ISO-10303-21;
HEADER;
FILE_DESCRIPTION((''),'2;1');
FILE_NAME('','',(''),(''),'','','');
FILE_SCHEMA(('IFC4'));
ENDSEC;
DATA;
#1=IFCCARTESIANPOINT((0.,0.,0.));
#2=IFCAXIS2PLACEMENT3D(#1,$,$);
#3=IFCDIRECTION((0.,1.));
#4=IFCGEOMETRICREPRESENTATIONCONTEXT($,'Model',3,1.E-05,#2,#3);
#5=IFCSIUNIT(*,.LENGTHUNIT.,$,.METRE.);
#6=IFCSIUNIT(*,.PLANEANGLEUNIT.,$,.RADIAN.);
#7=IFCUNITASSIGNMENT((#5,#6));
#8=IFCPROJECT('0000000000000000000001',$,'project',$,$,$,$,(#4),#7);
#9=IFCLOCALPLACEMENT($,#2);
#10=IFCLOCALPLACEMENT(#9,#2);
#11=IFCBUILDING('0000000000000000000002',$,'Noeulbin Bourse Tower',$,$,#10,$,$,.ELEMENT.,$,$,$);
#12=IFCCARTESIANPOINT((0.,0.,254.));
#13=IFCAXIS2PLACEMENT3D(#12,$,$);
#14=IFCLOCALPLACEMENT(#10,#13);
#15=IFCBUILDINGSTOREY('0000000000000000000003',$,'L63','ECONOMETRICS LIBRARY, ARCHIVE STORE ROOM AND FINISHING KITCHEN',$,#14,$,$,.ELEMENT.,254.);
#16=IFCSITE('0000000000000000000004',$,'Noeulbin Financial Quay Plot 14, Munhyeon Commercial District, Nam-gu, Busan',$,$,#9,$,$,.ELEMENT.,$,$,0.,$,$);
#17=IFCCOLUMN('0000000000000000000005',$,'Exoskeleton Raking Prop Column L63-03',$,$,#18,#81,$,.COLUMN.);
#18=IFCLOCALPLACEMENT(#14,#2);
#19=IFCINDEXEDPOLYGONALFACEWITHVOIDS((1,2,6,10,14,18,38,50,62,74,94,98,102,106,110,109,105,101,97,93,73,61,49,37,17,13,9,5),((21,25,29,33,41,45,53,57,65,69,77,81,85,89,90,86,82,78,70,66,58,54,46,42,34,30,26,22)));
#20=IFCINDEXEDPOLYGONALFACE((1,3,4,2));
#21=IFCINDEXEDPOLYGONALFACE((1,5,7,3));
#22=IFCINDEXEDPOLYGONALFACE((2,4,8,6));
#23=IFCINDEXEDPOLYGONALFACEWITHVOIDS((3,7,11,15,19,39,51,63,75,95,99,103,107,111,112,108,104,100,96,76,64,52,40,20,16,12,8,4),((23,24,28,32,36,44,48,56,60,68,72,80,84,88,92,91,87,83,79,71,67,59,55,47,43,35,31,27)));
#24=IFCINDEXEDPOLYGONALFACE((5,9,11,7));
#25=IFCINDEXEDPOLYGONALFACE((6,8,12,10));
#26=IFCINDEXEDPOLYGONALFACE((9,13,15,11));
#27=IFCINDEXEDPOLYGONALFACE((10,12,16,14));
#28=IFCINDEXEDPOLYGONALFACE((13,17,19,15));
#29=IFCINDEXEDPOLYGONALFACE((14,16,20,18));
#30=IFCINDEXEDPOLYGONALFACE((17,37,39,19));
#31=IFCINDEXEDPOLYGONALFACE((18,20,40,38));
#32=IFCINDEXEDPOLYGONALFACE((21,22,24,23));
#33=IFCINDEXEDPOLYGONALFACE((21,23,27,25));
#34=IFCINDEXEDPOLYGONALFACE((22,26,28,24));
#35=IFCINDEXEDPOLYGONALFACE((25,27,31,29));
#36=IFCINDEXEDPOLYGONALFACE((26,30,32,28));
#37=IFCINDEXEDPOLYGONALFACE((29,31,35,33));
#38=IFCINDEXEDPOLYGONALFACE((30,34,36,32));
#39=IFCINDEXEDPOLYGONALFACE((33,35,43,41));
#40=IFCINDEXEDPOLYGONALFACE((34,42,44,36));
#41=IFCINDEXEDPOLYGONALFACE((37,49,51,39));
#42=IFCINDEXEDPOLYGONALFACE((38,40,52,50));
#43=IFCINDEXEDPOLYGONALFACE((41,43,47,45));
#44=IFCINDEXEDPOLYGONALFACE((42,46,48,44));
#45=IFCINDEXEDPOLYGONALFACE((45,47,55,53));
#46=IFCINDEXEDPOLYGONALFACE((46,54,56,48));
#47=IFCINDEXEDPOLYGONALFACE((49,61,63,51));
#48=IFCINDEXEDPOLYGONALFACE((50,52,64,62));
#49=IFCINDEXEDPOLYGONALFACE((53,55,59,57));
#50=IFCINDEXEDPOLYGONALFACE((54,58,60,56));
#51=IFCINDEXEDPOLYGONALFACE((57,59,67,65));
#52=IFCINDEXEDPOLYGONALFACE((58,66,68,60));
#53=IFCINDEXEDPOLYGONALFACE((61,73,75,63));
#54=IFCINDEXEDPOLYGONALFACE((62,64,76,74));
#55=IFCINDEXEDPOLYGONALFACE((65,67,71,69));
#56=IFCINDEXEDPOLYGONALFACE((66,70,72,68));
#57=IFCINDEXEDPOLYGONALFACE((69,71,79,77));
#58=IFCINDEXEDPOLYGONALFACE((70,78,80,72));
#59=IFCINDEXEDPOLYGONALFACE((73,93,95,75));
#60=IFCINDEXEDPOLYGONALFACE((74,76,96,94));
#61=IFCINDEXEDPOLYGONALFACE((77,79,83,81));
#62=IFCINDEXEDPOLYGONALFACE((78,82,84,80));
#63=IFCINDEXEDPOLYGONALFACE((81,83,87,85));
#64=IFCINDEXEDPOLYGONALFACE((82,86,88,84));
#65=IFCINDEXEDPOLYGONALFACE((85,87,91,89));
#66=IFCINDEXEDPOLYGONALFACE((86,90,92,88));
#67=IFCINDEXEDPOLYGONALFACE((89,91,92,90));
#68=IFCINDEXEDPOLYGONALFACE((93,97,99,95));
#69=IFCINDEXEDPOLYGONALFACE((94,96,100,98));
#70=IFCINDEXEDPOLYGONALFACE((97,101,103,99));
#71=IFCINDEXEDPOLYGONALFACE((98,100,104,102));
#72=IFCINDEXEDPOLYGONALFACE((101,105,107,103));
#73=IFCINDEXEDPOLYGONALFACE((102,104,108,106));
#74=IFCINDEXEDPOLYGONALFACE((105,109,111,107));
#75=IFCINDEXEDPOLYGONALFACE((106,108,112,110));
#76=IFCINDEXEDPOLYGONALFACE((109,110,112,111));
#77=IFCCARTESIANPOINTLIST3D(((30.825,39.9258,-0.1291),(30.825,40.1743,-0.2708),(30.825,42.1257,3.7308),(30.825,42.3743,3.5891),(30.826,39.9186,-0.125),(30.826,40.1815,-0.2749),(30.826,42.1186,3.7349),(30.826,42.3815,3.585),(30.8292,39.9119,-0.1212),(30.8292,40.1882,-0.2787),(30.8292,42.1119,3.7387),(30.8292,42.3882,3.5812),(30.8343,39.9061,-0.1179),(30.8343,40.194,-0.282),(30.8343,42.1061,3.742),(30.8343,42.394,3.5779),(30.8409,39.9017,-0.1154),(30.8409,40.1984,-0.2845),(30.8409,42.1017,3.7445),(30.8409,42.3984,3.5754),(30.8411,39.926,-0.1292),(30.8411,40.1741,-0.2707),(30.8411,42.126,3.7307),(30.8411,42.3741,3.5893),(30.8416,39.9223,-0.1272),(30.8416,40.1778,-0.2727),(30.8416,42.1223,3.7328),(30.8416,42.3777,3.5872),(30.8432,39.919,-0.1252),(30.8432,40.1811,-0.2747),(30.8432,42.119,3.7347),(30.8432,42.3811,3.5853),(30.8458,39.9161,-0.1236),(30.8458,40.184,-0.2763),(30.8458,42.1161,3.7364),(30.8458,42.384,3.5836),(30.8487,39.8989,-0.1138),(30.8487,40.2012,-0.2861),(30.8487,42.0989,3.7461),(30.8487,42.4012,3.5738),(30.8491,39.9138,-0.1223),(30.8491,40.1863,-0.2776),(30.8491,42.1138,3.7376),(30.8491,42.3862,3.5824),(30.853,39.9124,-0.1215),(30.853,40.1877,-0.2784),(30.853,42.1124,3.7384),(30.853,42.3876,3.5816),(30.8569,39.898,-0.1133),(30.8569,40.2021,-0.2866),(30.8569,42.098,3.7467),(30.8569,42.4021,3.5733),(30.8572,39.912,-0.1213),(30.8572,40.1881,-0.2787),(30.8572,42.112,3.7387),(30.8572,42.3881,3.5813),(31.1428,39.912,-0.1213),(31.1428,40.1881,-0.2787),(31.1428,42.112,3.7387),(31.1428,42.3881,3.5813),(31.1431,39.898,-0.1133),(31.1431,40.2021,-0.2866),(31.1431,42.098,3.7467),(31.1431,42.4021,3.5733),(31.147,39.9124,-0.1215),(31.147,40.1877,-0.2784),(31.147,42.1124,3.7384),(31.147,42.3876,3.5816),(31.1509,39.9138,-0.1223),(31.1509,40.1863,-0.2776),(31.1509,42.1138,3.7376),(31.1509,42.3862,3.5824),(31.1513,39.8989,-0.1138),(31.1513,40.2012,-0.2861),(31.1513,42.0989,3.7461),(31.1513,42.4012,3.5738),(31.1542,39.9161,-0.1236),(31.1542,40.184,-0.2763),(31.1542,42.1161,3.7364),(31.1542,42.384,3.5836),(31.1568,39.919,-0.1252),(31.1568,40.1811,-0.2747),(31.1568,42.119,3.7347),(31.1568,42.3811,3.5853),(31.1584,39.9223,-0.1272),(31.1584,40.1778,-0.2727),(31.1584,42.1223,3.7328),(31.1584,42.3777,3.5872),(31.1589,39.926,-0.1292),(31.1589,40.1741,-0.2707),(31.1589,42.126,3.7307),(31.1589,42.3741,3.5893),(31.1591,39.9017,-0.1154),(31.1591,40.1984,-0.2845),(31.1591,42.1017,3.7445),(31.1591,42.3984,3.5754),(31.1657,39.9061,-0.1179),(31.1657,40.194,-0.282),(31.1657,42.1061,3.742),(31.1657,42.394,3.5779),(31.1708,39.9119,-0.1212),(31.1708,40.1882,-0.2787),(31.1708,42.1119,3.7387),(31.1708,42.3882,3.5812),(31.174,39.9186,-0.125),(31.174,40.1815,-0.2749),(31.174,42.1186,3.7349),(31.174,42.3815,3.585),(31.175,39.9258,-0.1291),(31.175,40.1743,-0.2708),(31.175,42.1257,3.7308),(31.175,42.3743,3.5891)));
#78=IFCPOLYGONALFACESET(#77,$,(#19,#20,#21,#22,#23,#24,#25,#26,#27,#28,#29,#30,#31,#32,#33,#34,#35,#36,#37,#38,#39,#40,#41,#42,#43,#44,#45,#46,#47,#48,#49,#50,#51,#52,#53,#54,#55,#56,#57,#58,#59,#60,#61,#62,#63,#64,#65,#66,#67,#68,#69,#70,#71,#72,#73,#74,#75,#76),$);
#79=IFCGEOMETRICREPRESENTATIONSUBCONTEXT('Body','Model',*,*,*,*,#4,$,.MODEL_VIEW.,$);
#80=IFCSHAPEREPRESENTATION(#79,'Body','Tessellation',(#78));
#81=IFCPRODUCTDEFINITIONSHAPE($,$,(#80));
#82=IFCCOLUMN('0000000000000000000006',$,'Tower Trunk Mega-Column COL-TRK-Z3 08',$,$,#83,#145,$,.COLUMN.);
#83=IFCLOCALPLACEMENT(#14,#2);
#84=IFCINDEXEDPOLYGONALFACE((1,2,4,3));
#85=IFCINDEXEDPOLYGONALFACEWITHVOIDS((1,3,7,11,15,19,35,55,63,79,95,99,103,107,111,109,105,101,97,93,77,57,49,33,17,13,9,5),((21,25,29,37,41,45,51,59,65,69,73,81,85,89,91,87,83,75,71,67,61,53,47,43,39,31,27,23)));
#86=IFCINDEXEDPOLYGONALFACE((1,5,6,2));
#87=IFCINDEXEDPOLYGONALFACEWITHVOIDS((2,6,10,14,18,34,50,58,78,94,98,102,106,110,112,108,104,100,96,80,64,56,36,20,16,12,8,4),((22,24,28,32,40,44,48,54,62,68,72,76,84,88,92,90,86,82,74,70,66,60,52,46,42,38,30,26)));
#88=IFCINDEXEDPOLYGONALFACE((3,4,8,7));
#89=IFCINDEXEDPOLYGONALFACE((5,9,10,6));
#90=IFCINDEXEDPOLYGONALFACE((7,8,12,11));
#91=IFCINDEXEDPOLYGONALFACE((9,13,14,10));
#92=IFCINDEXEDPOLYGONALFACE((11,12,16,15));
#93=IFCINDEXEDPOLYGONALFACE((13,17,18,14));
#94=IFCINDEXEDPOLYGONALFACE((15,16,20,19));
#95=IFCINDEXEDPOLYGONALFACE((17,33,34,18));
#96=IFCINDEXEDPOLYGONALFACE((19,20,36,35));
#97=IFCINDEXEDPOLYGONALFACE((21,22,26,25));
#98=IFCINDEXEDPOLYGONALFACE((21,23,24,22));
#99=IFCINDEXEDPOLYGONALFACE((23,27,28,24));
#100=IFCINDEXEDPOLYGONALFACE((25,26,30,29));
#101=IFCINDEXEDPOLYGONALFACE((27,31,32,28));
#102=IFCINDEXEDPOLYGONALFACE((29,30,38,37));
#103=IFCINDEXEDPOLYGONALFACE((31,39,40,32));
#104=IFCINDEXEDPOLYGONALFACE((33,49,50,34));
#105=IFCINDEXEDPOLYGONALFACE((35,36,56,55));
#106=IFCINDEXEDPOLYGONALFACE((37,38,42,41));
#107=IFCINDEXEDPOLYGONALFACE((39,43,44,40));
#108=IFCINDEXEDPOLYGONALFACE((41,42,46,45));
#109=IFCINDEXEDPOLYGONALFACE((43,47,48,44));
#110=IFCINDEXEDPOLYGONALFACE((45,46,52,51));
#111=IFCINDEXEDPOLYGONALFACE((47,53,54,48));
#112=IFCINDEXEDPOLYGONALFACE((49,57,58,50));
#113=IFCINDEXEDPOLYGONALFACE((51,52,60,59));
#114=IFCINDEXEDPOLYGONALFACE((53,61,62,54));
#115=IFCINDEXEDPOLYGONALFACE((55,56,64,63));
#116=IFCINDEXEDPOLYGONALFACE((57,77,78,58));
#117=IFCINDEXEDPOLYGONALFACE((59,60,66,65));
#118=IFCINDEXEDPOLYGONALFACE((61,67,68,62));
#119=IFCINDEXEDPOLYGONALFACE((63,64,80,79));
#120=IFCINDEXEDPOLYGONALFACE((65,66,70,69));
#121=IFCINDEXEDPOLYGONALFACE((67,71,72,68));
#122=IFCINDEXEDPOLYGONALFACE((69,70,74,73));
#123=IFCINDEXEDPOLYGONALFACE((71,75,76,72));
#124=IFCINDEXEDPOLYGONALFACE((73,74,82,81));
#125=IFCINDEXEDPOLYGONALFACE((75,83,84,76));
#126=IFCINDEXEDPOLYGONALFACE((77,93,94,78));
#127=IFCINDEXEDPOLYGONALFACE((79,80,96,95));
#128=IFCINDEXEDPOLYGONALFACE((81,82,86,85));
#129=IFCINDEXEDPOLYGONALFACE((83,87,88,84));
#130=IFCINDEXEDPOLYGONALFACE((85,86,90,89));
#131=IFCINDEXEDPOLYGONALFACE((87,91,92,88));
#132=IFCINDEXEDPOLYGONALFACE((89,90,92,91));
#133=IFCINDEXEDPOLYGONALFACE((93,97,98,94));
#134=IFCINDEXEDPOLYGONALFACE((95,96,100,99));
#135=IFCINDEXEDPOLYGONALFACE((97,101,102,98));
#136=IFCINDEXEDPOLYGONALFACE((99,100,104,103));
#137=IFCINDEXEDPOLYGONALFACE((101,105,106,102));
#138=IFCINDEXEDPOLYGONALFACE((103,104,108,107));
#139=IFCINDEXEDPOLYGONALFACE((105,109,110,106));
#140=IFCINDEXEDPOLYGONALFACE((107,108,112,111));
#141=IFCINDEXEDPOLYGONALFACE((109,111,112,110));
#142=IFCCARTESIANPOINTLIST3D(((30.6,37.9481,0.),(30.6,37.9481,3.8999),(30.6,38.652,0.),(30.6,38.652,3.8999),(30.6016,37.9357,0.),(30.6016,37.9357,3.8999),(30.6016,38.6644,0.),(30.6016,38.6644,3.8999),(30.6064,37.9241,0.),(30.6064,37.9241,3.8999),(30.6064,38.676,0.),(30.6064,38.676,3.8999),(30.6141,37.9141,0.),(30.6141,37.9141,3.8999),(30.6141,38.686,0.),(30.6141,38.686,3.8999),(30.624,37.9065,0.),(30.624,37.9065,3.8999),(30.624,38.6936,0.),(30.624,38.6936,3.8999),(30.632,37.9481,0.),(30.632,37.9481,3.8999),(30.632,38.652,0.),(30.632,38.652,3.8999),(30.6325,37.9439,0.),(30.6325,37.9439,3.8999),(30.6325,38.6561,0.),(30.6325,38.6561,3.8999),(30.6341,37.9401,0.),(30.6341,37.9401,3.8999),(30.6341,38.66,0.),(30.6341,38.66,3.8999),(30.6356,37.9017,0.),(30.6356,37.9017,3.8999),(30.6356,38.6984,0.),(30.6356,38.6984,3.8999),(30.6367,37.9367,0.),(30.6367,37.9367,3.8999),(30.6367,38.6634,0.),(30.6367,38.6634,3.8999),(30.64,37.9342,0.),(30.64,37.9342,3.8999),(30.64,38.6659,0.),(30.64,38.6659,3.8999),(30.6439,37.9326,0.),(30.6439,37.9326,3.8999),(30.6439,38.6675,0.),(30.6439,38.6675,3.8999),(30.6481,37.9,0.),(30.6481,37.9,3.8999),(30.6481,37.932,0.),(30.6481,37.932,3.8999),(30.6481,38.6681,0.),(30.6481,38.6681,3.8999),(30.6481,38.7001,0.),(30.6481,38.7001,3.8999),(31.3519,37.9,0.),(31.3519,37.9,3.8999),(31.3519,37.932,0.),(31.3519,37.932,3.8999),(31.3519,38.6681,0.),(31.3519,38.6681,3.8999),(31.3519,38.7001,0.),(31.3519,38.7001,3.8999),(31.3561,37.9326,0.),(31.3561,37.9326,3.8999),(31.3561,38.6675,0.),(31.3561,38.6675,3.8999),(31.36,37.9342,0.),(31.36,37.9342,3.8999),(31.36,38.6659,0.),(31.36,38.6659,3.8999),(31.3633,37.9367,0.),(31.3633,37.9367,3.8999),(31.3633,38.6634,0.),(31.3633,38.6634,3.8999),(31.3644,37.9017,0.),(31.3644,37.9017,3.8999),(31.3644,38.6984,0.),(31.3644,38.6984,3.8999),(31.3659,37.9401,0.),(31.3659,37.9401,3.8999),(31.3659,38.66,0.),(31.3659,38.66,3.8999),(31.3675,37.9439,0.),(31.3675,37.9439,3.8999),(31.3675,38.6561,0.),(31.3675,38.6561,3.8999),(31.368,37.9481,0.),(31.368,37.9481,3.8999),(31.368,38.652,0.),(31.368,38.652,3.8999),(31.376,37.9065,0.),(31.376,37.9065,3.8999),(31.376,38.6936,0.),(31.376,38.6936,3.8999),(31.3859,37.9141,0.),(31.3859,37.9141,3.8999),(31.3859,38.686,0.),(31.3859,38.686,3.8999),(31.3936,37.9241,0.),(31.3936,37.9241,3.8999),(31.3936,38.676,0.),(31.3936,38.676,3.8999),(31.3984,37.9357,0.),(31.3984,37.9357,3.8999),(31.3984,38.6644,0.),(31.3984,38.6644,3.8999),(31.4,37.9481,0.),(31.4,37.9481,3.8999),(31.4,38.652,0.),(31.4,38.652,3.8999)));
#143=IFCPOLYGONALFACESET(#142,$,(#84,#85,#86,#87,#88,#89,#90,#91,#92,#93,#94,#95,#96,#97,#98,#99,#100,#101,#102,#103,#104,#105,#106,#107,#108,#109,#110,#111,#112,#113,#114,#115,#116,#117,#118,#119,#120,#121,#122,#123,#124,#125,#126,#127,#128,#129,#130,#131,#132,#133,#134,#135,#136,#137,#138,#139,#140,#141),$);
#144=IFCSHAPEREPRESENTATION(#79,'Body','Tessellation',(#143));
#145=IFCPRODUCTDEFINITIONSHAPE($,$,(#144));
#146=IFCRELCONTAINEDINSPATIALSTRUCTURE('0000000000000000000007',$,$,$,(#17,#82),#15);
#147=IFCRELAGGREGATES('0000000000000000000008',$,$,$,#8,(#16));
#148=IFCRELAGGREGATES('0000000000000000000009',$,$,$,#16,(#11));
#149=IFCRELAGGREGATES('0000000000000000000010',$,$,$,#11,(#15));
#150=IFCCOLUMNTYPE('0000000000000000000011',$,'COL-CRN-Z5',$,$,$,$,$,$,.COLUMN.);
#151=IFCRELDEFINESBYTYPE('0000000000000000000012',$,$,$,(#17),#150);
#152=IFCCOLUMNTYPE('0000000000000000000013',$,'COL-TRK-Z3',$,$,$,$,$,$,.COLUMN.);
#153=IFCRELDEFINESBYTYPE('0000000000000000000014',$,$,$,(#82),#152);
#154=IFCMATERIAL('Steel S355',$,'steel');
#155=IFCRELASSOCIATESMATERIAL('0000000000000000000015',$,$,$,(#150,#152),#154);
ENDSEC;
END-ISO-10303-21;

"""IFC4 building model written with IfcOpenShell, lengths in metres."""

from ifc_helpers import new_model, si_unit, direction, frame, origin, origin_2d, place, context, subcontext, project, spatial, hollow_rectangle, extrude, material, material_profile, profile_set, type_object, element, save


model = new_model("IFC4")

# Units and contexts
model_context = context("Model", 3, precision=1e-05, world=origin(), true_north=direction((0.0, 1.0)))
body_context = subcontext(model_context, "Body", "Model", "MODEL_VIEW")
ifc_project = project(units=[si_unit("LENGTHUNIT", "METRE"), si_unit("PLANEANGLEUNIT", "RADIAN")], contexts=[model_context])

# Site, building, storey
site_placement = place(None, origin())
site = spatial("IfcSite", under=ifc_project, at=site_placement, Name="Noeulbin Financial Quay Plot 14, Munhyeon Commercial District, Nam-gu, Busan", CompositionType="ELEMENT", RefElevation=0.0)
building_placement = place(site_placement, origin())
building = spatial("IfcBuilding", under=site, at=building_placement, Name="Noeulbin Bourse Tower", CompositionType="ELEMENT")
storey_placement = place(building_placement, frame((0.0, 0.0, 254.0)))
storey = spatial("IfcBuildingStorey", under=building, at=storey_placement, Name="L63", Description="ECONOMETRICS LIBRARY, ARCHIVE STORE ROOM AND FINISHING KITCHEN", CompositionType="ELEMENT", Elevation=254.0)

# Columns
ifc_material_1 = material(Name="Steel S355", Category="steel")
ifc_material_profile_1 = material_profile(ifc_material_1, hollow_rectangle(XDim=0.3501, YDim=0.3501, WallThickness=0.0161, InnerFilletRadius=0.0161, OuterFilletRadius=0.032, at=origin_2d()), Name="SHS-350x350x16", Category="LoadBearing")
ifc_profile_set_1 = profile_set([ifc_material_profile_1], Name="Steel S355")
column_type_1 = type_object("IfcColumnType", Name="COL-CRN-Z5", PredefinedType="COLUMN", material=ifc_profile_set_1)
column_placement = place(storey_placement, frame((31.0, 40.05, -0.2), z_axis=(0.0, 0.495174, 0.868794), x_axis=(-1.0, 0.0, 0.0)))
element("IfcColumn", 1, at=column_placement, inside=storey, type_object=column_type_1, Name="Exoskeleton Raking Prop Column L63-03", PredefinedType="COLUMN", context=body_context, shape_type="SweptSolid", body=[
    extrude(hollow_rectangle(XDim=0.3501, YDim=0.3501, WallThickness=0.0161, InnerFilletRadius=0.0161, OuterFilletRadius=0.032, at=origin_2d()), origin(), (0.0, 0.0, 1.0), 4.4429),
])
ifc_material_profile_2 = material_profile(ifc_material_1, hollow_rectangle(XDim=0.8, YDim=0.8, WallThickness=0.032, InnerFilletRadius=0.0161, OuterFilletRadius=0.0481, at=origin_2d()), Name="BOX-800x800x32", Category="LoadBearing")
ifc_profile_set_2 = profile_set([ifc_material_profile_2], Name="Steel S355")
column_type_2 = type_object("IfcColumnType", Name="COL-TRK-Z3", PredefinedType="COLUMN", material=ifc_profile_set_2)
for number, where, z_axis, x_axis, name in (
    (2, (31.0, 38.3, 0.0), (0.0, 0.0, 1.0), (1.0, 0.0, 0.0), "Tower Trunk Mega-Column COL-TRK-Z3 08"),
):
    element("IfcColumn", number, at=place(storey_placement, frame(where, z_axis=z_axis, x_axis=x_axis)), inside=storey, type_object=column_type_2, Name=name, PredefinedType="COLUMN", context=body_context, shape_type="SweptSolid", body=[
        extrude(hollow_rectangle(XDim=0.8, YDim=0.8, WallThickness=0.032, InnerFilletRadius=0.0161, OuterFilletRadius=0.0481, at=origin_2d()), origin(), (0.0, 0.0, 1.0), 3.8999),
    ])

save(model, "model.ifc")
